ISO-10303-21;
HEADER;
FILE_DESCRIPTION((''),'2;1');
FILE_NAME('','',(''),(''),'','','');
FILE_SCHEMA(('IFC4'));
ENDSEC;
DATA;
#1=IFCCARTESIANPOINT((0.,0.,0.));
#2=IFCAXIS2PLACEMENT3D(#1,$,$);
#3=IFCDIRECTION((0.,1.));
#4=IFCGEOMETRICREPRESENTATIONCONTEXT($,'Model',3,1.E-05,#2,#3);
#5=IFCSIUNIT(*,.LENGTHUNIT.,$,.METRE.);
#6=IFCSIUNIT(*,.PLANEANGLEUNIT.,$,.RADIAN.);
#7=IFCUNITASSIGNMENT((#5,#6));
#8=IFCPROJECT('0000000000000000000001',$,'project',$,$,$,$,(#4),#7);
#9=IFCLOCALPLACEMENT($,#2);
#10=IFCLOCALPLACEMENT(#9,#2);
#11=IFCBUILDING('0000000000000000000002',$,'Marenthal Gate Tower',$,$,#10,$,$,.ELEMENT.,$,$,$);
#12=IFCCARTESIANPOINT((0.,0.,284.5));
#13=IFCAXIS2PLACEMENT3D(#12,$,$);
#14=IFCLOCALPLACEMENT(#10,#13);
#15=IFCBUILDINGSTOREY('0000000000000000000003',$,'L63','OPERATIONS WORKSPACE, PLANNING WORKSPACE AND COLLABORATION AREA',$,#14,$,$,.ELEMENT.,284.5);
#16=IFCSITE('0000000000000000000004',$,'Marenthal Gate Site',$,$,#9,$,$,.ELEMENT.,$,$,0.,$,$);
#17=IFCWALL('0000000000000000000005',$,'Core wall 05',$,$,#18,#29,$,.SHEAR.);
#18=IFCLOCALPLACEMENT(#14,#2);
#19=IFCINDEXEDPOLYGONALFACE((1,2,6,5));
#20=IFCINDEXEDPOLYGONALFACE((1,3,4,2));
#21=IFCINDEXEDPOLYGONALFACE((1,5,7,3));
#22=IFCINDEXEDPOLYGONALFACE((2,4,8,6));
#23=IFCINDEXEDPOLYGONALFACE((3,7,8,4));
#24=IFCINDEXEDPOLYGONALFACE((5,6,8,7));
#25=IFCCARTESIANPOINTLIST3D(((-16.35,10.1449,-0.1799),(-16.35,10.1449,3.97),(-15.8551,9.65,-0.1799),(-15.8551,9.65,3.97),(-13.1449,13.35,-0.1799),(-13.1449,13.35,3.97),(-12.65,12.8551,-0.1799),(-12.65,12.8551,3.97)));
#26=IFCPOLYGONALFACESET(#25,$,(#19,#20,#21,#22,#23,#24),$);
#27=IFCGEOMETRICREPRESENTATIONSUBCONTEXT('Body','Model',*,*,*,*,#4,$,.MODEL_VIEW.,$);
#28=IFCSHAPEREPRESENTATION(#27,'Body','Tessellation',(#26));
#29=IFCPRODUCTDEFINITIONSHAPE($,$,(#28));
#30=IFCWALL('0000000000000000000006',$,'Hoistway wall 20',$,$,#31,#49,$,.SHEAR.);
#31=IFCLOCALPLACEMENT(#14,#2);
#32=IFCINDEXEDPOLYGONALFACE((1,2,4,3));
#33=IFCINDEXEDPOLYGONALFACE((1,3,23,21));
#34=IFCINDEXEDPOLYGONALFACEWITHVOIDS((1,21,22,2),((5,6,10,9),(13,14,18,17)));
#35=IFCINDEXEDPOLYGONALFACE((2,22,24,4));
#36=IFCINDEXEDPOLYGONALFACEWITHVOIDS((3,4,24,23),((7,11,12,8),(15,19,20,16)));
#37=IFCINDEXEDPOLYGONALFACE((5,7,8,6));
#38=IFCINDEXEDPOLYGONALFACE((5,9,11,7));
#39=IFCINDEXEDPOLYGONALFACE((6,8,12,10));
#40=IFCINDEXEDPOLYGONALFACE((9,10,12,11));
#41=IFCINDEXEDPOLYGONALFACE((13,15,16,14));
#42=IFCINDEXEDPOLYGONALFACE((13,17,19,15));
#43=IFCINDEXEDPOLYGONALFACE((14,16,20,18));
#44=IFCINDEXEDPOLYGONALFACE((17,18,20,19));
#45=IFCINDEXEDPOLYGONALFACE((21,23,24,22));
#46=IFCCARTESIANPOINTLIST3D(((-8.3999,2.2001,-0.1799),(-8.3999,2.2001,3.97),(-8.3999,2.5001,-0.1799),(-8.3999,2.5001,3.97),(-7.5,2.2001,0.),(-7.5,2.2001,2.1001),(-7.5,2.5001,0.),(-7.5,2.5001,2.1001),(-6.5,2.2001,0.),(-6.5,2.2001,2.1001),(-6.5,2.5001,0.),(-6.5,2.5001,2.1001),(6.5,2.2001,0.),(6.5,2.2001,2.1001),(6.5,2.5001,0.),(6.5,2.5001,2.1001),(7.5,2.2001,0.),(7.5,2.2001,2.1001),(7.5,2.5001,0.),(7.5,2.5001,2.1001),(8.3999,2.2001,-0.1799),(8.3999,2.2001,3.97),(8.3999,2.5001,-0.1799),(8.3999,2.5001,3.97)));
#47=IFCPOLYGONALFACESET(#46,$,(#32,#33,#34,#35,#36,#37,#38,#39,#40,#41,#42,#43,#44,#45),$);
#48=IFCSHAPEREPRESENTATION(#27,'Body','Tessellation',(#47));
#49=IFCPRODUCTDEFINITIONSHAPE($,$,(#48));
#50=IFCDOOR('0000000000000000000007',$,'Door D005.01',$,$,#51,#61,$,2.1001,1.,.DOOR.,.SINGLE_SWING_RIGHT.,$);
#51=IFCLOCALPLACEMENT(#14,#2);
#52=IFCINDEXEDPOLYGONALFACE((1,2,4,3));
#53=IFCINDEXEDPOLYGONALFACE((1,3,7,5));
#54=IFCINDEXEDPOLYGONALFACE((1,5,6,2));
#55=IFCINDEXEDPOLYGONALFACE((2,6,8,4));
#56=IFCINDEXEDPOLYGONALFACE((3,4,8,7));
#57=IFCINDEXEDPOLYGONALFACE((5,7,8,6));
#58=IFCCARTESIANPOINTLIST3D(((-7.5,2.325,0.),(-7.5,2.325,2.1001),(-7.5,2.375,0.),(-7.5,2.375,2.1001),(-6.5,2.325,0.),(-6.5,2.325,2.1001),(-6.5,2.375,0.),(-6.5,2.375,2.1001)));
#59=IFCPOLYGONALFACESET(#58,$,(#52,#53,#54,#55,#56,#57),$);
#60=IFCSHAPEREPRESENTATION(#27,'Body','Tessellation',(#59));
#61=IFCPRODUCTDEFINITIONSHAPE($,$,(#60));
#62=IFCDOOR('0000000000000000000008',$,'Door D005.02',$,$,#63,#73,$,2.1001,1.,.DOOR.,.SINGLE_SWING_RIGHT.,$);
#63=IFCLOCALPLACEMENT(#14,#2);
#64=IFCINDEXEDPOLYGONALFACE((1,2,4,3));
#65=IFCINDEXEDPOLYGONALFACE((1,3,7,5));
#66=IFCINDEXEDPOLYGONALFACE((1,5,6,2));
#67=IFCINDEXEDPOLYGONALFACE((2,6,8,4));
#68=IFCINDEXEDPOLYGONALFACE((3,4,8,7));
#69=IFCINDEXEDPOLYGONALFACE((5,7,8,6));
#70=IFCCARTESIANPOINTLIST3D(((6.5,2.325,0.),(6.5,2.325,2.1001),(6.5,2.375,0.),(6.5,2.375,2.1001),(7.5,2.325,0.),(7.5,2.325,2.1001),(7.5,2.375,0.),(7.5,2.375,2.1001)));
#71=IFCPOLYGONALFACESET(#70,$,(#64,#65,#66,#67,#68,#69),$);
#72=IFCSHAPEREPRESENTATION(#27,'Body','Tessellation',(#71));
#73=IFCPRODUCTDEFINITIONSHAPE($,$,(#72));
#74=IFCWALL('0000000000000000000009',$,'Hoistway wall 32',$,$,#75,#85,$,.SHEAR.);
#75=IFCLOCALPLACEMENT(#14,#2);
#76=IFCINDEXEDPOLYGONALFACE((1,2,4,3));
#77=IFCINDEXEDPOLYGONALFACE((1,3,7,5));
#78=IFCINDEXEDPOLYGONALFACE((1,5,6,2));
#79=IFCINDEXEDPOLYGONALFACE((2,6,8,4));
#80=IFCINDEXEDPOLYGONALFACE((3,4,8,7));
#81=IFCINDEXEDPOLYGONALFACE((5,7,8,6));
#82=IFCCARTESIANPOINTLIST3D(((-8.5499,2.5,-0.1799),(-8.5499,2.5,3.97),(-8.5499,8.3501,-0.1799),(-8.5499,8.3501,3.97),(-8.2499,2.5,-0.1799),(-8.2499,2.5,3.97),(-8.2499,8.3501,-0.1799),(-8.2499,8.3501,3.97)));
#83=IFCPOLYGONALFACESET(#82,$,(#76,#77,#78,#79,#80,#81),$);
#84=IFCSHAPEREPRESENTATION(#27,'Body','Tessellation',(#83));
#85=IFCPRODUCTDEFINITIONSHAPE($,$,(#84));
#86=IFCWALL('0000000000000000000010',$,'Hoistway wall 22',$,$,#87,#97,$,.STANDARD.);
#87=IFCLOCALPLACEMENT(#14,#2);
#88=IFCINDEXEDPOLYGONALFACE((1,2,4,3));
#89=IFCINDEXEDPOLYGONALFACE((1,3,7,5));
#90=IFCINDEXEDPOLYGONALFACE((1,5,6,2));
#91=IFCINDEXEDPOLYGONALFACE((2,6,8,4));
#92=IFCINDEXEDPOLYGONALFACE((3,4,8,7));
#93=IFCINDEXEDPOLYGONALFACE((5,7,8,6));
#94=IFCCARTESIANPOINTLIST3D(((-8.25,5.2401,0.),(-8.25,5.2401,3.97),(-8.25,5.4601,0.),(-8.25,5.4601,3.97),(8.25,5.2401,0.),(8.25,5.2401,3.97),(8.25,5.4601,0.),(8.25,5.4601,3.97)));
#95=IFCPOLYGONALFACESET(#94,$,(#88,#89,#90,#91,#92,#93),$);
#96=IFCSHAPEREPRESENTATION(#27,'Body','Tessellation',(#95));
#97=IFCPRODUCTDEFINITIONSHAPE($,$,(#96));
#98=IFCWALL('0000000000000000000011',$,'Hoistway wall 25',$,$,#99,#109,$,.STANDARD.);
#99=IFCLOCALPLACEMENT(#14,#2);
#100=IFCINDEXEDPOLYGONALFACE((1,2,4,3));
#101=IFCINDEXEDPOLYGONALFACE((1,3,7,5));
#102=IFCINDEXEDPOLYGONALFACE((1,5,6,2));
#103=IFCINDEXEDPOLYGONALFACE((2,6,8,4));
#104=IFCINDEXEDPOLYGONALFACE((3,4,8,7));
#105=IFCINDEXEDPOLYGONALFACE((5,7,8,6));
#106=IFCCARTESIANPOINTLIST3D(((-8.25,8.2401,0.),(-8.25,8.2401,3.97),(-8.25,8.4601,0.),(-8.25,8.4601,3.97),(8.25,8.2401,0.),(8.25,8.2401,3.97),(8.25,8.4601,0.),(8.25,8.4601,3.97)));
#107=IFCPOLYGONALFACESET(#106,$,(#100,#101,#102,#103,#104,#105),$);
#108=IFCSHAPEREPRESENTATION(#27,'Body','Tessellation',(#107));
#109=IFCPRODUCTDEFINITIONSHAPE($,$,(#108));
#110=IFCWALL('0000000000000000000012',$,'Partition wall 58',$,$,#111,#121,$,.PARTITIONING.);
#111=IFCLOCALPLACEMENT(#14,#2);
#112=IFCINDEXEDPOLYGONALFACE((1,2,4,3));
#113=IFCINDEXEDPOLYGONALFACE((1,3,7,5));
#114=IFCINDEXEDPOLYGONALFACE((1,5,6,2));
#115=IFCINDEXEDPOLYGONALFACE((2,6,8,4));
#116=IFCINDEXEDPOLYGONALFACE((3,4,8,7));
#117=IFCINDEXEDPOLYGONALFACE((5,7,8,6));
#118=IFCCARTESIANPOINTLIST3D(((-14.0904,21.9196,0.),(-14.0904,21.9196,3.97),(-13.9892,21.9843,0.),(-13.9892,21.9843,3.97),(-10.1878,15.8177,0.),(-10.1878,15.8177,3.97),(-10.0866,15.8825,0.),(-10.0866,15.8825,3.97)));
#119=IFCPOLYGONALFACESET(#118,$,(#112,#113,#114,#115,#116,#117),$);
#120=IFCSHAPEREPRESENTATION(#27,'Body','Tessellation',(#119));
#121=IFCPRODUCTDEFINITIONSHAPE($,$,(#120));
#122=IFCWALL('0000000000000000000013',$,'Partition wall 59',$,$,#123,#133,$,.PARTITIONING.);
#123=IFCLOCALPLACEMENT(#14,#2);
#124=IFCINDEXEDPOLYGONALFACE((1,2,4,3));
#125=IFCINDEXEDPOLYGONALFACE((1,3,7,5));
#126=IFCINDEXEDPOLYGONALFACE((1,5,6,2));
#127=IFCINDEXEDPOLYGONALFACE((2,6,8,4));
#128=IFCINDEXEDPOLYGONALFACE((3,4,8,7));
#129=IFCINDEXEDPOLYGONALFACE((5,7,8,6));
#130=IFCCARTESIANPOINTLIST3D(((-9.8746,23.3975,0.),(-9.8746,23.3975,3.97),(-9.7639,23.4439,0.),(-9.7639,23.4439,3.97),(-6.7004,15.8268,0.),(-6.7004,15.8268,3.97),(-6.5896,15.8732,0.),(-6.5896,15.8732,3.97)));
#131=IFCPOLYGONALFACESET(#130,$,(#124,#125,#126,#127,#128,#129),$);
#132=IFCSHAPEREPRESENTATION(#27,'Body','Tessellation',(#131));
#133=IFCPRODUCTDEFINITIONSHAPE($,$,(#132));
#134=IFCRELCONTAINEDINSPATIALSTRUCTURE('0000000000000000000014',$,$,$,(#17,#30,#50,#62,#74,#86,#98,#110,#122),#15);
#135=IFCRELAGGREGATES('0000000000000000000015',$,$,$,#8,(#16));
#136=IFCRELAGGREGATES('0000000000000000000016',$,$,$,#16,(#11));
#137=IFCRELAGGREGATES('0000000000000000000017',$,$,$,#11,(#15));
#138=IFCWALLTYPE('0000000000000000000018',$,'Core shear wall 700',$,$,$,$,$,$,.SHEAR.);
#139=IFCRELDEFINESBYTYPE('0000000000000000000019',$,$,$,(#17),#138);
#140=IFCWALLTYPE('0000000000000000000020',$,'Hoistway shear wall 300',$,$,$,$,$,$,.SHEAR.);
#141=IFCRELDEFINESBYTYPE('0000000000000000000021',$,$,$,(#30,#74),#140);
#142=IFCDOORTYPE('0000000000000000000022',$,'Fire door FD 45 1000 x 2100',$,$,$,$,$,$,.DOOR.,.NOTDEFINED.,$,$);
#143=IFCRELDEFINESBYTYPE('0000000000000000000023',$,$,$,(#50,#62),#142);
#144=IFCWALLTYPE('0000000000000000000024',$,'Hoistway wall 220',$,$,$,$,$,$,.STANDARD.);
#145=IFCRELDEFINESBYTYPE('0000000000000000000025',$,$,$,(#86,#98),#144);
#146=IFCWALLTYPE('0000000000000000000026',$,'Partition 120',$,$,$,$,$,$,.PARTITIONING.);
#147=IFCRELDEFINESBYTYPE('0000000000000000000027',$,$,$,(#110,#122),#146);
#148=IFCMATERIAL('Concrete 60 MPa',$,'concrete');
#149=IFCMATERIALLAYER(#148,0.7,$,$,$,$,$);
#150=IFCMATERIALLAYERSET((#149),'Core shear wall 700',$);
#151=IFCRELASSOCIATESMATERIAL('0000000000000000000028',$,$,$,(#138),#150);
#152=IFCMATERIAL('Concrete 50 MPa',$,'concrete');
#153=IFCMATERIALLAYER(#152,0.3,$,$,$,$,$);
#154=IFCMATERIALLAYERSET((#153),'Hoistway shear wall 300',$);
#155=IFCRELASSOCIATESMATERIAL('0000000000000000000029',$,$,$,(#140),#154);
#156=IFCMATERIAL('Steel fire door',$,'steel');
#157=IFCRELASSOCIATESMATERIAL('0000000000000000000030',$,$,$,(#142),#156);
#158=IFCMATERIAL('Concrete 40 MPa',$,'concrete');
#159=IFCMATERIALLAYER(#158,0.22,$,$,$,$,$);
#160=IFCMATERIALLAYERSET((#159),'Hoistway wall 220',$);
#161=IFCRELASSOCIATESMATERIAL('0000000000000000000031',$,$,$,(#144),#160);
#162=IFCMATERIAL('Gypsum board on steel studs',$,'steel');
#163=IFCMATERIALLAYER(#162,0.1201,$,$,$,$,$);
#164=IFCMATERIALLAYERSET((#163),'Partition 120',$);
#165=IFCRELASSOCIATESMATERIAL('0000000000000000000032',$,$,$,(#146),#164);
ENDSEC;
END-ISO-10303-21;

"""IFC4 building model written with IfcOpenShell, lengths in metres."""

from ifc_helpers import new_model, si_unit, direction, frame, frame_2d, origin, place, context, subcontext, project, spatial, rectangle, extrude, material, layer, layer_set, type_object, element, fill, save


model = new_model("IFC4")

# Units and contexts
model_context = context("Model", 3, precision=1e-05, world=origin(), true_north=direction((0.0, 1.0)))
body_context = subcontext(model_context, "Body", "Model", "MODEL_VIEW")
ifc_project = project(units=[si_unit("LENGTHUNIT", "METRE"), si_unit("PLANEANGLEUNIT", "RADIAN")], contexts=[model_context])

# Site, building, storey
site_placement = place(None, origin())
site = spatial("IfcSite", under=ifc_project, at=site_placement, Name="Marenthal Gate Site", CompositionType="ELEMENT", RefElevation=0.0)
building_placement = place(site_placement, origin())
building = spatial("IfcBuilding", under=site, at=building_placement, Name="Marenthal Gate Tower", CompositionType="ELEMENT")
storey_placement = place(building_placement, frame((0.0, 0.0, 284.5)))
storey = spatial("IfcBuildingStorey", under=building, at=storey_placement, Name="L63", Description="OPERATIONS WORKSPACE, PLANNING WORKSPACE AND COLLABORATION AREA", CompositionType="ELEMENT", Elevation=284.5)

# Wall
ifc_material_1 = material(Name="Concrete 60 MPa", Category="concrete")
ifc_layer_1 = layer(ifc_material_1, 0.7)
ifc_layer_set_1 = layer_set([ifc_layer_1], Name="Core shear wall 700")
wall_type_1 = type_object("IfcWallType", Name="Core shear wall 700", PredefinedType="SHEAR", material=ifc_layer_set_1)
wall_1_placement = place(storey_placement, frame((-12.8975, 13.1025, -0.1799), z_axis=(0.0, 0.0, 1.0), x_axis=(-0.707107, -0.707107, 0.0)))
element("IfcWall", 1, at=wall_1_placement, inside=storey, type_object=wall_type_1, Name="Core wall 05", PredefinedType="SHEAR", context=body_context, shape_type="SweptSolid", body=[
    extrude(rectangle(XDim=4.5327, YDim=0.7, at=frame_2d((2.2664, 0.0))), origin(), (0.0, 0.0, 1.0), 4.1499),
])

# Wall, openings, doors
ifc_material_2 = material(Name="Concrete 50 MPa", Category="concrete")
ifc_layer_2 = layer(ifc_material_2, 0.3)
ifc_layer_set_2 = layer_set([ifc_layer_2], Name="Hoistway shear wall 300")
wall_type_2 = type_object("IfcWallType", Name="Hoistway shear wall 300", PredefinedType="SHEAR", material=ifc_layer_set_2)
wall_2_placement = place(storey_placement, frame((-8.3999, 2.3501, -0.1799), z_axis=(0.0, 0.0, 1.0), x_axis=(1.0, 0.0, 0.0)))
wall_2 = element("IfcWall", 2, at=wall_2_placement, inside=storey, type_object=wall_type_2, Name="Hoistway wall 20", PredefinedType="SHEAR", context=body_context, shape_type="SweptSolid", body=[
    extrude(rectangle(XDim=16.7998, YDim=0.3, at=frame_2d((8.3999, 0.0))), origin(), (0.0, 0.0, 1.0), 4.1499),
])
opening_1_placement = place(wall_2_placement, frame((0.8999, 0.0, 0.1799)))
opening_1 = element("IfcOpeningElement", 3, at=opening_1_placement, cuts=wall_2, PredefinedType="OPENING", context=body_context, shape_type="SweptSolid", body=[
    extrude(rectangle(XDim=1.0, YDim=2.1001, at=frame_2d((0.5, 1.05))), frame((0.0, 0.1602, 0.0), z_axis=(0.0, -1.0, 0.0), x_axis=(1.0, 0.0, 0.0)), (0.0, 0.0, 1.0), 0.3201),
])
opening_2_placement = place(wall_2_placement, frame((14.8999, 0.0, 0.1799)))
opening_2 = element("IfcOpeningElement", 4, at=opening_2_placement, cuts=wall_2, PredefinedType="OPENING", context=body_context, shape_type="SweptSolid", body=[
    extrude(rectangle(XDim=1.0, YDim=2.1001, at=frame_2d((0.5, 1.05))), frame((0.0, 0.1602, 0.0), z_axis=(0.0, -1.0, 0.0), x_axis=(1.0, 0.0, 0.0)), (0.0, 0.0, 1.0), 0.3201),
])
ifc_material_3 = material(Name="Steel fire door", Category="steel")
door_type_1 = type_object("IfcDoorType", Name="Fire door FD 45 1000 x 2100", OperationType="NOTDEFINED", PredefinedType="DOOR", material=ifc_material_3)
door_1_placement = place(opening_1_placement, origin())
door_1 = element("IfcDoor", 5, at=door_1_placement, inside=storey, type_object=door_type_1, Name="Door D005.01", OperationType="SINGLE_SWING_RIGHT", OverallHeight=2.1001, OverallWidth=1.0, PredefinedType="DOOR", context=body_context, shape_type="SweptSolid", body=[
    extrude(rectangle(XDim=1.0, YDim=2.1001, at=frame_2d((0.5, 1.05))), frame((0.0, 0.0249, 0.0), z_axis=(0.0, -1.0, 0.0), x_axis=(1.0, 0.0, 0.0)), (0.0, 0.0, 1.0), 0.05),
])
fill(opening_1, door_1)
door_2_placement = place(opening_2_placement, origin())
door_2 = element("IfcDoor", 6, at=door_2_placement, inside=storey, type_object=door_type_1, Name="Door D005.02", OperationType="SINGLE_SWING_RIGHT", OverallHeight=2.1001, OverallWidth=1.0, PredefinedType="DOOR", context=body_context, shape_type="SweptSolid", body=[
    extrude(rectangle(XDim=1.0, YDim=2.1001, at=frame_2d((0.5, 1.05))), frame((0.0, 0.0249, 0.0), z_axis=(0.0, -1.0, 0.0), x_axis=(1.0, 0.0, 0.0)), (0.0, 0.0, 1.0), 0.05),
])
fill(opening_2, door_2)

# Walls
wall_3_placement = place(storey_placement, frame((-8.3999, 2.5, -0.1799), z_axis=(0.0, 0.0, 1.0), x_axis=(0.0, 1.0, 0.0)))
element("IfcWall", 7, at=wall_3_placement, inside=storey, type_object=wall_type_2, Name="Hoistway wall 32", PredefinedType="SHEAR", context=body_context, shape_type="SweptSolid", body=[
    extrude(rectangle(XDim=5.8501, YDim=0.3, at=frame_2d((2.925, 0.0))), origin(), (0.0, 0.0, 1.0), 4.1499),
])
ifc_material_4 = material(Name="Concrete 40 MPa", Category="concrete")
ifc_layer_3 = layer(ifc_material_4, 0.22)
ifc_layer_set_3 = layer_set([ifc_layer_3], Name="Hoistway wall 220")
wall_type_3 = type_object("IfcWallType", Name="Hoistway wall 220", PredefinedType="STANDARD", material=ifc_layer_set_3)
for number, where, z_axis, x_axis, name in (
    (8, (-8.25, 5.3501, 0.0), (0.0, 0.0, 1.0), (1.0, 0.0, 0.0), "Hoistway wall 22"),
    (9, (-8.25, 8.3501, 0.0), (0.0, 0.0, 1.0), (1.0, 0.0, 0.0), "Hoistway wall 25"),
):
    element("IfcWall", number, at=place(storey_placement, frame(where, z_axis=z_axis, x_axis=x_axis)), inside=storey, type_object=wall_type_3, Name=name, PredefinedType="STANDARD", context=body_context, shape_type="SweptSolid", body=[
        extrude(rectangle(XDim=16.5, YDim=0.22, at=frame_2d((8.25, 0.0))), origin(), (0.0, 0.0, 1.0), 3.97),
    ])
ifc_material_5 = material(Name="Gypsum board on steel studs", Category="steel")
ifc_layer_4 = layer(ifc_material_5, 0.1201)
ifc_layer_set_4 = layer_set([ifc_layer_4], Name="Partition 120")
wall_type_4 = type_object("IfcWallType", Name="Partition 120", PredefinedType="PARTITIONING", material=ifc_layer_set_4)
wall_4_placement = place(storey_placement, frame((-10.1372, 15.8501, 0.0), z_axis=(0.0, 0.0, 1.0), x_axis=(-0.538802, 0.842432, 0.0)))
element("IfcWall", 10, at=wall_4_placement, inside=storey, type_object=wall_type_4, Name="Partition wall 58", PredefinedType="PARTITIONING", context=body_context, shape_type="SweptSolid", body=[
    extrude(rectangle(XDim=7.2432, YDim=0.1201, at=frame_2d((3.6216, 0.0))), origin(), (0.0, 0.0, 1.0), 3.97),
])
wall_5_placement = place(storey_placement, frame((-6.645, 15.8501, 0.0), z_axis=(0.0, 0.0, 1.0), x_axis=(-0.386671, 0.922218, 0.0)))
element("IfcWall", 11, at=wall_5_placement, inside=storey, type_object=wall_type_4, Name="Partition wall 59", PredefinedType="PARTITIONING", context=body_context, shape_type="SweptSolid", body=[
    extrude(rectangle(XDim=8.2092, YDim=0.1201, at=frame_2d((4.1045, 0.0))), origin(), (0.0, 0.0, 1.0), 3.97),
])

save(model, "model.ifc")
